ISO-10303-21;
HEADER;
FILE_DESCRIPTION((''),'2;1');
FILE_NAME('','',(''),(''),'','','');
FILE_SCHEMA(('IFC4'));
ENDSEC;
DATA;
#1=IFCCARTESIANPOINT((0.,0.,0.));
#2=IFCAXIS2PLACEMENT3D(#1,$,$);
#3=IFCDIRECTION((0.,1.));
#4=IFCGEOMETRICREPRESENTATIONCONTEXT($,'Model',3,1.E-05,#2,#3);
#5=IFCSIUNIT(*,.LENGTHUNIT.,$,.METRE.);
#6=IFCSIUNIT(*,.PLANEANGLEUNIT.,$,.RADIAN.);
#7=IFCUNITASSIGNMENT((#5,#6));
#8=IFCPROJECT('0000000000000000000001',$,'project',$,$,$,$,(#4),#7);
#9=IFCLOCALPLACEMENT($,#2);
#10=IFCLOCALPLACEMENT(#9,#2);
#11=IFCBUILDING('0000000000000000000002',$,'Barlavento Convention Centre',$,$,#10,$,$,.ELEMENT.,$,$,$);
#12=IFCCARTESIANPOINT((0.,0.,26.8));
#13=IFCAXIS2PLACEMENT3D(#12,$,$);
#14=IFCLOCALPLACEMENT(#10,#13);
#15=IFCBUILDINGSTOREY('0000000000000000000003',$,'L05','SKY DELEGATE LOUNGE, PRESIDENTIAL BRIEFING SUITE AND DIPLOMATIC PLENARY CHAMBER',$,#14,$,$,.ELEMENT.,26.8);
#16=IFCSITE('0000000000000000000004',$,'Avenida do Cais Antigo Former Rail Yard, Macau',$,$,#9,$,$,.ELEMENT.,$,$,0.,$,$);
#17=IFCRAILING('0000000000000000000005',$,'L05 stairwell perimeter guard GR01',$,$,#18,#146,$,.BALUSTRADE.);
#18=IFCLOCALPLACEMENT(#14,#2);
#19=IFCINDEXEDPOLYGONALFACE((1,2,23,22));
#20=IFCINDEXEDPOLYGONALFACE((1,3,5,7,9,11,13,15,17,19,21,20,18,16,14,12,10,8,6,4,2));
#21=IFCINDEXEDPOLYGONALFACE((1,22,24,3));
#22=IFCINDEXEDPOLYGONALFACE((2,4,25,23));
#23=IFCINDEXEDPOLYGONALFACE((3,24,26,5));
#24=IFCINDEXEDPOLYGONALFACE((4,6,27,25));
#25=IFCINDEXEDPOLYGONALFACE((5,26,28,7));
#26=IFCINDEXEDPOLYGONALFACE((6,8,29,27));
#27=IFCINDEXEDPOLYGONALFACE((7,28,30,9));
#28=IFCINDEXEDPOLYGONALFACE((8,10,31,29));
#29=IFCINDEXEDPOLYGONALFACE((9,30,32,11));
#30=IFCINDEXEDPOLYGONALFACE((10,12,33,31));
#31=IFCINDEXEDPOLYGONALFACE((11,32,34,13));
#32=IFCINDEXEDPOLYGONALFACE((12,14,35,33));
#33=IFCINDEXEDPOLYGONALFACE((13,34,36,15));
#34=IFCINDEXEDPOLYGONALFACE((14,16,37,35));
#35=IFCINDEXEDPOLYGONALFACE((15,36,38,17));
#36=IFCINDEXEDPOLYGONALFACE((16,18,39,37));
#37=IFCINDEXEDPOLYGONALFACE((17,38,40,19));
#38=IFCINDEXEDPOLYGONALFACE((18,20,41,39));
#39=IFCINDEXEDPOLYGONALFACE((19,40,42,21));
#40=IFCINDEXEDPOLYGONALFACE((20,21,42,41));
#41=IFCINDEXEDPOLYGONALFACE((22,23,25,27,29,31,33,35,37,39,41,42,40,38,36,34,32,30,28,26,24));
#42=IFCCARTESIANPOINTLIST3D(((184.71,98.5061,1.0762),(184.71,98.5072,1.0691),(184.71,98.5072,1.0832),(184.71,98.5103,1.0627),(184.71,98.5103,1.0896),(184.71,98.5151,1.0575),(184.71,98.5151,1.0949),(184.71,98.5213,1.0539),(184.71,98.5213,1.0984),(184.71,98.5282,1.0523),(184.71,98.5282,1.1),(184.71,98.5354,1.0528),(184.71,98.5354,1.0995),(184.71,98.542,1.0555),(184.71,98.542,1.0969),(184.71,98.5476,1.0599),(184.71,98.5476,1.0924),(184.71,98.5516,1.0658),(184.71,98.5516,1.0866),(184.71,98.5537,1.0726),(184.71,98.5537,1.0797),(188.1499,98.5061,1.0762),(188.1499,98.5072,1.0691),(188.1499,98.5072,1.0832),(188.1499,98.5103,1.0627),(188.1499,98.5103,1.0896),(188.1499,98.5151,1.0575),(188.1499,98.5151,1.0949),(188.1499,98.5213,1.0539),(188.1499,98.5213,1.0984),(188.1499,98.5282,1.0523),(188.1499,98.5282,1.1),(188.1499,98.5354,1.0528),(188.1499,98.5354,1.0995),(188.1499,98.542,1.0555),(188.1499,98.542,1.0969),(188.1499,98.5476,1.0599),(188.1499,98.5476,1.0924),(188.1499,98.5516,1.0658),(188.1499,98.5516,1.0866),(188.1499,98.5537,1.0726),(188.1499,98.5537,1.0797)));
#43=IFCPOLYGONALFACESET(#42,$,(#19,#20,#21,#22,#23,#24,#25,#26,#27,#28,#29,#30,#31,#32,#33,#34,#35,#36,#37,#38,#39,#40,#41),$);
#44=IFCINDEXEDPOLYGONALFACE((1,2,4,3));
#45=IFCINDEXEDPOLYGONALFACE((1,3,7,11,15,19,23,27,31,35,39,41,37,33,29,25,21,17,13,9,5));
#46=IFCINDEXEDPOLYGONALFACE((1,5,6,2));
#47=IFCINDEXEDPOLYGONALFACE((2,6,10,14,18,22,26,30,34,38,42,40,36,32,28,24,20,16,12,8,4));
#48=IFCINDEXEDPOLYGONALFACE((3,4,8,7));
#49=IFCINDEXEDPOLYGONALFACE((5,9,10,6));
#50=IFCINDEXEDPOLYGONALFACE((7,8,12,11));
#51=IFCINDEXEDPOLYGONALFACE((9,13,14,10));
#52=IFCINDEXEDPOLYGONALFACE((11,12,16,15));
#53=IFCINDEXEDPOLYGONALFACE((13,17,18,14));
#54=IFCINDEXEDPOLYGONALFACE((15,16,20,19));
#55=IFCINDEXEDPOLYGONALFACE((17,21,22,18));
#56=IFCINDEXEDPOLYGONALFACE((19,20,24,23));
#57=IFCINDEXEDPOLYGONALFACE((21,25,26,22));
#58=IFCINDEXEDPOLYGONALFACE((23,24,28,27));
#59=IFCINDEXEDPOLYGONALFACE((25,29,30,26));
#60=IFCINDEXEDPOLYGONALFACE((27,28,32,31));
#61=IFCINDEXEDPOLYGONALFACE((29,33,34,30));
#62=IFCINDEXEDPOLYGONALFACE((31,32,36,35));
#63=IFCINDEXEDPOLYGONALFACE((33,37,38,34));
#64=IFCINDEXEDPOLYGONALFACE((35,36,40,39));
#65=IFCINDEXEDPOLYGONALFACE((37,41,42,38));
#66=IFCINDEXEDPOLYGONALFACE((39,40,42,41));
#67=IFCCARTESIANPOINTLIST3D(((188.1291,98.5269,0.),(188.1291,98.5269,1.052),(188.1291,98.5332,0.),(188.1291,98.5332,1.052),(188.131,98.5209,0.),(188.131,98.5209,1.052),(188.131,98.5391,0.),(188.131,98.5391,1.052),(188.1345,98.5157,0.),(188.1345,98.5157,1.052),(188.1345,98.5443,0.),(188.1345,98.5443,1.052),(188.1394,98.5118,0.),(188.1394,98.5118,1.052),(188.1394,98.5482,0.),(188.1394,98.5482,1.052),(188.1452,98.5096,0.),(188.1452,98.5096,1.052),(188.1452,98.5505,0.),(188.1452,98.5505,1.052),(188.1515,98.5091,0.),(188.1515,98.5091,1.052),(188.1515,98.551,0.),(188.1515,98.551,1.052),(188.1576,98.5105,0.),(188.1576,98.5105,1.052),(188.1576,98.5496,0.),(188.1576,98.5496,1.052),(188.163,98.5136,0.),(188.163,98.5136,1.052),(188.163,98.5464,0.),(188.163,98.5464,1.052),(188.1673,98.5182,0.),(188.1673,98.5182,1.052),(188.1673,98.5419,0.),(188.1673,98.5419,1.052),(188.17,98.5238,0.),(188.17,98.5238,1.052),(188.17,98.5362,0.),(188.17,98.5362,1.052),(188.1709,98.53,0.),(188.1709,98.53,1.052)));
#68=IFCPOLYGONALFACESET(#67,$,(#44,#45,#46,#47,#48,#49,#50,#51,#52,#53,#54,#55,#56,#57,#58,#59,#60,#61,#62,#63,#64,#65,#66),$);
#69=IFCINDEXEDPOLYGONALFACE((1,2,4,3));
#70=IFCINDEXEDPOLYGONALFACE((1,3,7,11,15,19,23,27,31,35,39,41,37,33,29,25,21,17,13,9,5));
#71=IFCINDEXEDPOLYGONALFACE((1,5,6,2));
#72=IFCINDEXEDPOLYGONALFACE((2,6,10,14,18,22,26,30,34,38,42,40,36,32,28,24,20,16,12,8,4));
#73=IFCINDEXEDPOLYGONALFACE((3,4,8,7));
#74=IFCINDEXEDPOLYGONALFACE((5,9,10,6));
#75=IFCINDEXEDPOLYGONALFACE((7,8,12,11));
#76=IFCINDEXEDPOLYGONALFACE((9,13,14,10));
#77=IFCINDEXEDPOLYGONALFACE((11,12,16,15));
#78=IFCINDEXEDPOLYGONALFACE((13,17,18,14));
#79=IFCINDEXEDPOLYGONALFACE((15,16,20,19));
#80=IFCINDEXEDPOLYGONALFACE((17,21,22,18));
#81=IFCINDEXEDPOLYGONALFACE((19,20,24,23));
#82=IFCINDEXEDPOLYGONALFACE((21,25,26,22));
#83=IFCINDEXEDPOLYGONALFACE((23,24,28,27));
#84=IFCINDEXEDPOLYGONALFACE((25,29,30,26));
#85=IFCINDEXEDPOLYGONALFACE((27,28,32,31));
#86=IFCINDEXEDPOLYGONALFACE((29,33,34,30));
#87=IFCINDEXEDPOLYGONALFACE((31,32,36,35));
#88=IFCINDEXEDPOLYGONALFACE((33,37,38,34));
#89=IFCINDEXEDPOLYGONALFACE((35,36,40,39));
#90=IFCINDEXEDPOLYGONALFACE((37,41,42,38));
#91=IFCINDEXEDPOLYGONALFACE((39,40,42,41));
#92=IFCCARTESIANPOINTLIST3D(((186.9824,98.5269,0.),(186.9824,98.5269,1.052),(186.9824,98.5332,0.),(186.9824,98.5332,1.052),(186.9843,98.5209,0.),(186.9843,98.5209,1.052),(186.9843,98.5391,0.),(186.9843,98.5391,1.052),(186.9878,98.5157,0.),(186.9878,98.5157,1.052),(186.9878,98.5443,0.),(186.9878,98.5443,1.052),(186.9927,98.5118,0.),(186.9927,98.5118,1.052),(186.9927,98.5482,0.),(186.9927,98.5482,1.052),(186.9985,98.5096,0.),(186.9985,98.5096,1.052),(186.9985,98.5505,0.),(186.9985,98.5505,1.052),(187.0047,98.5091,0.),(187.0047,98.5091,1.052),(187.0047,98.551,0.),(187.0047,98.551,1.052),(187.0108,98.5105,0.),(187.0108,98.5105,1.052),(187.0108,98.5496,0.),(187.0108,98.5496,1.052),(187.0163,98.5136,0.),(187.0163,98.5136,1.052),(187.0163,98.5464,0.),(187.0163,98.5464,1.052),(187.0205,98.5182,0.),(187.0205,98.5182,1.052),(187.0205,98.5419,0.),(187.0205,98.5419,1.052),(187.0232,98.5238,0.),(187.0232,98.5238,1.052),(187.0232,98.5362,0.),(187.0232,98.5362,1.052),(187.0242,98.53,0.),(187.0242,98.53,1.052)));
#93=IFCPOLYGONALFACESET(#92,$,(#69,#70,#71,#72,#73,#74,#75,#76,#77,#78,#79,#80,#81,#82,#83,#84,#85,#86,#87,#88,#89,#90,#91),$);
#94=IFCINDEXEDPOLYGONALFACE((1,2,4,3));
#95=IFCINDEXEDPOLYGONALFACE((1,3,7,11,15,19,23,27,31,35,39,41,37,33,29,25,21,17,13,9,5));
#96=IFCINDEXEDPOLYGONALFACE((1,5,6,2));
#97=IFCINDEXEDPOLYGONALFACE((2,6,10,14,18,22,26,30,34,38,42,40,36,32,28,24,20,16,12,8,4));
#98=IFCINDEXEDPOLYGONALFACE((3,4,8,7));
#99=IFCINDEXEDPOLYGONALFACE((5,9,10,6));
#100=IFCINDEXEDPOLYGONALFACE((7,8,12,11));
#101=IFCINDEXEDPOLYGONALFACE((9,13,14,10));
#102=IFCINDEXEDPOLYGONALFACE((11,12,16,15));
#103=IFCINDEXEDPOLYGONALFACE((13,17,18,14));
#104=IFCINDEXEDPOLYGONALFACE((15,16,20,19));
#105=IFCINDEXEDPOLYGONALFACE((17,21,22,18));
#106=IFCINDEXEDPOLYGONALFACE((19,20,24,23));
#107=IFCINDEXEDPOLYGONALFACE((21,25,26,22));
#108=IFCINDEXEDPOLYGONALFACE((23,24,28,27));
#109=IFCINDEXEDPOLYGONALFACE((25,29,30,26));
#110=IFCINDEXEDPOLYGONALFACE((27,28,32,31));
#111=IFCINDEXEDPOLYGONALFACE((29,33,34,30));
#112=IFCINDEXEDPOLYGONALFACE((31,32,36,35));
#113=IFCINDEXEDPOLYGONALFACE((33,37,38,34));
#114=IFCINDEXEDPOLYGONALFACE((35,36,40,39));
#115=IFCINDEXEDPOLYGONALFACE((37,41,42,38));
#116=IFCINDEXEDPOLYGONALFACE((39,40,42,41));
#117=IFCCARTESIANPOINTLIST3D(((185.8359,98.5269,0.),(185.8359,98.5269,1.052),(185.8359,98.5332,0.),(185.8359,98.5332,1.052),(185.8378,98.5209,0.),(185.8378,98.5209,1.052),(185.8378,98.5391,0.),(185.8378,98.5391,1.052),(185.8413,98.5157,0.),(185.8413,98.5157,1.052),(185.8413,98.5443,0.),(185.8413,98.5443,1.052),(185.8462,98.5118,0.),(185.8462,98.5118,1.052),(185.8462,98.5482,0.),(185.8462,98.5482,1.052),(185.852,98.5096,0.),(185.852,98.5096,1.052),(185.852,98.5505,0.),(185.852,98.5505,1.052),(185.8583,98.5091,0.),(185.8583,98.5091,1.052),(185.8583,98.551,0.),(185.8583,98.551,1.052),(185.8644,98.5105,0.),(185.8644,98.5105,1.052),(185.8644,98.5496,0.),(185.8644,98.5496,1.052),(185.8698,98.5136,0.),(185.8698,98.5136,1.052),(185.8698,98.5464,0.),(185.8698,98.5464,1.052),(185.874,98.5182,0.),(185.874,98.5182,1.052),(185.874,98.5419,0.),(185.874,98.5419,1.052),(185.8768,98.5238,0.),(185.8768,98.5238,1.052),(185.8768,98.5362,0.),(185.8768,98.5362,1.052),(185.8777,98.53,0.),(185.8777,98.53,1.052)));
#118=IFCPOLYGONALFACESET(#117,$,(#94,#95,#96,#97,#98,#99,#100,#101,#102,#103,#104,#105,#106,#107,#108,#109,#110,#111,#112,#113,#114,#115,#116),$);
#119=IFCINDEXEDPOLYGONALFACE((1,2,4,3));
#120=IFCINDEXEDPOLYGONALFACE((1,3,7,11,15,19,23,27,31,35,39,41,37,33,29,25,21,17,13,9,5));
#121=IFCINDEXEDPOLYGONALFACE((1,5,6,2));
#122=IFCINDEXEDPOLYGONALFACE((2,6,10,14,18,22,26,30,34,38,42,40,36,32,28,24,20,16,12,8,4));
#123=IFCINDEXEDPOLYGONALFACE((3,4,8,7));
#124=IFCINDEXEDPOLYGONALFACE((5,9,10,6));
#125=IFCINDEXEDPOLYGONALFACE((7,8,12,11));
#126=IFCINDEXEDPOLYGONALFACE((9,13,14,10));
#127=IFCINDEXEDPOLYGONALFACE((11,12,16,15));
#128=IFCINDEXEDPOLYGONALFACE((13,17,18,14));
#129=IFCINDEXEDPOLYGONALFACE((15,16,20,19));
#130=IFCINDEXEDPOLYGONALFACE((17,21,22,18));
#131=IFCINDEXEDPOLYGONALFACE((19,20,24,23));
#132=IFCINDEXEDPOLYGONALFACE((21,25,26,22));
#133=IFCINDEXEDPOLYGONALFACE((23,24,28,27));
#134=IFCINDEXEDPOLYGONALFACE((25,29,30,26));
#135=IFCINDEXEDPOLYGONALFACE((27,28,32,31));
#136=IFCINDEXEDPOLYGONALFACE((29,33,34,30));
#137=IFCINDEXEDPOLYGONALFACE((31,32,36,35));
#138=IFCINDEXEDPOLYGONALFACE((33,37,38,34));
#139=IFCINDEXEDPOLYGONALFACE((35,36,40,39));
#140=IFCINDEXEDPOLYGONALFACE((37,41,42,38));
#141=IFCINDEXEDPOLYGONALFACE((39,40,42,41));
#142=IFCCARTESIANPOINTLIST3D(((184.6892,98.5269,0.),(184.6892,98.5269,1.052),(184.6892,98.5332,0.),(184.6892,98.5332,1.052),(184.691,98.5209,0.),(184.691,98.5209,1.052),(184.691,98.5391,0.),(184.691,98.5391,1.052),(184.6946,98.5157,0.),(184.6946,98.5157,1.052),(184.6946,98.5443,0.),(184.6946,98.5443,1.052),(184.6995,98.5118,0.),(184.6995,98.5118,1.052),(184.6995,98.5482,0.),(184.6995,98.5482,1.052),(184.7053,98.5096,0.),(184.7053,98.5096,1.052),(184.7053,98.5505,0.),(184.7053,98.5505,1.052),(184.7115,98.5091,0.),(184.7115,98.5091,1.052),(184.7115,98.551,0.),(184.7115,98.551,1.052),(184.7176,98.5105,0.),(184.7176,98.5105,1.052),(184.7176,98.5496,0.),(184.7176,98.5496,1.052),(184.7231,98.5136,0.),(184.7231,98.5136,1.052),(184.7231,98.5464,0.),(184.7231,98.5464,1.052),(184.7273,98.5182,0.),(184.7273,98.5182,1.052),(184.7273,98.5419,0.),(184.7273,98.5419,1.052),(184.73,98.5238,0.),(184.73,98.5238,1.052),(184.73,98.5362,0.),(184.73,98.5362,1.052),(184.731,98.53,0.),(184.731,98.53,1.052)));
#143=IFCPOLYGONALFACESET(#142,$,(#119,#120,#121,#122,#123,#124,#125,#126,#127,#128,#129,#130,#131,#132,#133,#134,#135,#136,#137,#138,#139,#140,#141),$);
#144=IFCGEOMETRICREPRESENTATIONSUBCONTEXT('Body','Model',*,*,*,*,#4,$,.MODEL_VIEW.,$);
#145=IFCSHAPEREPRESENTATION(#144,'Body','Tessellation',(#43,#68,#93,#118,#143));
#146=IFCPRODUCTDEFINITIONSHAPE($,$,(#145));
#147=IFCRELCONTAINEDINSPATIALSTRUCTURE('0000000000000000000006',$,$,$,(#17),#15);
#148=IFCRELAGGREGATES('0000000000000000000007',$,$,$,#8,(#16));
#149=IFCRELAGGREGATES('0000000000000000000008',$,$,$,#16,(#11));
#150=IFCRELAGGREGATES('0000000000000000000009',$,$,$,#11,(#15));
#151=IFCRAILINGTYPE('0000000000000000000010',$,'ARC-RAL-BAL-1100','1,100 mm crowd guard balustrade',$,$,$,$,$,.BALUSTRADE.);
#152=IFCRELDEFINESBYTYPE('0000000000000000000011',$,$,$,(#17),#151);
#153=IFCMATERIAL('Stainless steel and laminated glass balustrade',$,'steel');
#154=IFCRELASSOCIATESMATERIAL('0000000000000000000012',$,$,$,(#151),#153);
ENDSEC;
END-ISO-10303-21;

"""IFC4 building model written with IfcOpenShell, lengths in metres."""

from ifc_helpers import new_model, si_unit, direction, frame, origin, origin_2d, place, context, subcontext, project, spatial, circle, extrude, material, type_object, element, save


model = new_model("IFC4")

# Units and contexts
model_context = context("Model", 3, precision=1e-05, world=origin(), true_north=direction((0.0, 1.0)))
body_context = subcontext(model_context, "Body", "Model", "MODEL_VIEW")
ifc_project = project(units=[si_unit("LENGTHUNIT", "METRE"), si_unit("PLANEANGLEUNIT", "RADIAN")], contexts=[model_context])

# Site, building, storey
site_placement = place(None, origin())
site = spatial("IfcSite", under=ifc_project, at=site_placement, Name="Avenida do Cais Antigo Former Rail Yard, Macau", CompositionType="ELEMENT", RefElevation=0.0)
building_placement = place(site_placement, origin())
building = spatial("IfcBuilding", under=site, at=building_placement, Name="Barlavento Convention Centre", CompositionType="ELEMENT")
storey_placement = place(building_placement, frame((0.0, 0.0, 26.8)))
storey = spatial("IfcBuildingStorey", under=building, at=storey_placement, Name="L05", Description="SKY DELEGATE LOUNGE, PRESIDENTIAL BRIEFING SUITE AND DIPLOMATIC PLENARY CHAMBER", CompositionType="ELEMENT", Elevation=26.8)

# Railing
ifc_material_1 = material(Name="Stainless steel and laminated glass balustrade", Category="steel")
railing_type = type_object("IfcRailingType", Name="ARC-RAL-BAL-1100", Description="1,100 mm crowd guard balustrade", PredefinedType="BALUSTRADE", material=ifc_material_1)
railing_1_placement = place(storey_placement, frame((188.1499, 98.53, 0.0)))
element("IfcRailing", 1, at=railing_1_placement, inside=storey, type_object=railing_type, Name="L05 stairwell perimeter guard GR01", PredefinedType="BALUSTRADE", context=body_context, shape_type="SweptSolid", body=[
    extrude(circle(Radius=0.0239, at=origin_2d()), frame((0.0, 0.0, 1.0762), z_axis=(-1.0, 0.0, 0.0), x_axis=(0.0, -1.0, 0.0)), (0.0, 0.0, 1.0), 3.4399),
    extrude(circle(Radius=0.021, at=origin_2d()), origin(), (0.0, 0.0, 1.0), 1.052),
    extrude(circle(Radius=0.021, at=origin_2d()), frame((-1.1467, 0.0, 0.0)), (0.0, 0.0, 1.0), 1.052),
    extrude(circle(Radius=0.021, at=origin_2d()), frame((-2.2932, 0.0, 0.0)), (0.0, 0.0, 1.0), 1.052),
    extrude(circle(Radius=0.021, at=origin_2d()), frame((-3.4399, 0.0, 0.0)), (0.0, 0.0, 1.0), 1.052),
])

save(model, "model.ifc")
